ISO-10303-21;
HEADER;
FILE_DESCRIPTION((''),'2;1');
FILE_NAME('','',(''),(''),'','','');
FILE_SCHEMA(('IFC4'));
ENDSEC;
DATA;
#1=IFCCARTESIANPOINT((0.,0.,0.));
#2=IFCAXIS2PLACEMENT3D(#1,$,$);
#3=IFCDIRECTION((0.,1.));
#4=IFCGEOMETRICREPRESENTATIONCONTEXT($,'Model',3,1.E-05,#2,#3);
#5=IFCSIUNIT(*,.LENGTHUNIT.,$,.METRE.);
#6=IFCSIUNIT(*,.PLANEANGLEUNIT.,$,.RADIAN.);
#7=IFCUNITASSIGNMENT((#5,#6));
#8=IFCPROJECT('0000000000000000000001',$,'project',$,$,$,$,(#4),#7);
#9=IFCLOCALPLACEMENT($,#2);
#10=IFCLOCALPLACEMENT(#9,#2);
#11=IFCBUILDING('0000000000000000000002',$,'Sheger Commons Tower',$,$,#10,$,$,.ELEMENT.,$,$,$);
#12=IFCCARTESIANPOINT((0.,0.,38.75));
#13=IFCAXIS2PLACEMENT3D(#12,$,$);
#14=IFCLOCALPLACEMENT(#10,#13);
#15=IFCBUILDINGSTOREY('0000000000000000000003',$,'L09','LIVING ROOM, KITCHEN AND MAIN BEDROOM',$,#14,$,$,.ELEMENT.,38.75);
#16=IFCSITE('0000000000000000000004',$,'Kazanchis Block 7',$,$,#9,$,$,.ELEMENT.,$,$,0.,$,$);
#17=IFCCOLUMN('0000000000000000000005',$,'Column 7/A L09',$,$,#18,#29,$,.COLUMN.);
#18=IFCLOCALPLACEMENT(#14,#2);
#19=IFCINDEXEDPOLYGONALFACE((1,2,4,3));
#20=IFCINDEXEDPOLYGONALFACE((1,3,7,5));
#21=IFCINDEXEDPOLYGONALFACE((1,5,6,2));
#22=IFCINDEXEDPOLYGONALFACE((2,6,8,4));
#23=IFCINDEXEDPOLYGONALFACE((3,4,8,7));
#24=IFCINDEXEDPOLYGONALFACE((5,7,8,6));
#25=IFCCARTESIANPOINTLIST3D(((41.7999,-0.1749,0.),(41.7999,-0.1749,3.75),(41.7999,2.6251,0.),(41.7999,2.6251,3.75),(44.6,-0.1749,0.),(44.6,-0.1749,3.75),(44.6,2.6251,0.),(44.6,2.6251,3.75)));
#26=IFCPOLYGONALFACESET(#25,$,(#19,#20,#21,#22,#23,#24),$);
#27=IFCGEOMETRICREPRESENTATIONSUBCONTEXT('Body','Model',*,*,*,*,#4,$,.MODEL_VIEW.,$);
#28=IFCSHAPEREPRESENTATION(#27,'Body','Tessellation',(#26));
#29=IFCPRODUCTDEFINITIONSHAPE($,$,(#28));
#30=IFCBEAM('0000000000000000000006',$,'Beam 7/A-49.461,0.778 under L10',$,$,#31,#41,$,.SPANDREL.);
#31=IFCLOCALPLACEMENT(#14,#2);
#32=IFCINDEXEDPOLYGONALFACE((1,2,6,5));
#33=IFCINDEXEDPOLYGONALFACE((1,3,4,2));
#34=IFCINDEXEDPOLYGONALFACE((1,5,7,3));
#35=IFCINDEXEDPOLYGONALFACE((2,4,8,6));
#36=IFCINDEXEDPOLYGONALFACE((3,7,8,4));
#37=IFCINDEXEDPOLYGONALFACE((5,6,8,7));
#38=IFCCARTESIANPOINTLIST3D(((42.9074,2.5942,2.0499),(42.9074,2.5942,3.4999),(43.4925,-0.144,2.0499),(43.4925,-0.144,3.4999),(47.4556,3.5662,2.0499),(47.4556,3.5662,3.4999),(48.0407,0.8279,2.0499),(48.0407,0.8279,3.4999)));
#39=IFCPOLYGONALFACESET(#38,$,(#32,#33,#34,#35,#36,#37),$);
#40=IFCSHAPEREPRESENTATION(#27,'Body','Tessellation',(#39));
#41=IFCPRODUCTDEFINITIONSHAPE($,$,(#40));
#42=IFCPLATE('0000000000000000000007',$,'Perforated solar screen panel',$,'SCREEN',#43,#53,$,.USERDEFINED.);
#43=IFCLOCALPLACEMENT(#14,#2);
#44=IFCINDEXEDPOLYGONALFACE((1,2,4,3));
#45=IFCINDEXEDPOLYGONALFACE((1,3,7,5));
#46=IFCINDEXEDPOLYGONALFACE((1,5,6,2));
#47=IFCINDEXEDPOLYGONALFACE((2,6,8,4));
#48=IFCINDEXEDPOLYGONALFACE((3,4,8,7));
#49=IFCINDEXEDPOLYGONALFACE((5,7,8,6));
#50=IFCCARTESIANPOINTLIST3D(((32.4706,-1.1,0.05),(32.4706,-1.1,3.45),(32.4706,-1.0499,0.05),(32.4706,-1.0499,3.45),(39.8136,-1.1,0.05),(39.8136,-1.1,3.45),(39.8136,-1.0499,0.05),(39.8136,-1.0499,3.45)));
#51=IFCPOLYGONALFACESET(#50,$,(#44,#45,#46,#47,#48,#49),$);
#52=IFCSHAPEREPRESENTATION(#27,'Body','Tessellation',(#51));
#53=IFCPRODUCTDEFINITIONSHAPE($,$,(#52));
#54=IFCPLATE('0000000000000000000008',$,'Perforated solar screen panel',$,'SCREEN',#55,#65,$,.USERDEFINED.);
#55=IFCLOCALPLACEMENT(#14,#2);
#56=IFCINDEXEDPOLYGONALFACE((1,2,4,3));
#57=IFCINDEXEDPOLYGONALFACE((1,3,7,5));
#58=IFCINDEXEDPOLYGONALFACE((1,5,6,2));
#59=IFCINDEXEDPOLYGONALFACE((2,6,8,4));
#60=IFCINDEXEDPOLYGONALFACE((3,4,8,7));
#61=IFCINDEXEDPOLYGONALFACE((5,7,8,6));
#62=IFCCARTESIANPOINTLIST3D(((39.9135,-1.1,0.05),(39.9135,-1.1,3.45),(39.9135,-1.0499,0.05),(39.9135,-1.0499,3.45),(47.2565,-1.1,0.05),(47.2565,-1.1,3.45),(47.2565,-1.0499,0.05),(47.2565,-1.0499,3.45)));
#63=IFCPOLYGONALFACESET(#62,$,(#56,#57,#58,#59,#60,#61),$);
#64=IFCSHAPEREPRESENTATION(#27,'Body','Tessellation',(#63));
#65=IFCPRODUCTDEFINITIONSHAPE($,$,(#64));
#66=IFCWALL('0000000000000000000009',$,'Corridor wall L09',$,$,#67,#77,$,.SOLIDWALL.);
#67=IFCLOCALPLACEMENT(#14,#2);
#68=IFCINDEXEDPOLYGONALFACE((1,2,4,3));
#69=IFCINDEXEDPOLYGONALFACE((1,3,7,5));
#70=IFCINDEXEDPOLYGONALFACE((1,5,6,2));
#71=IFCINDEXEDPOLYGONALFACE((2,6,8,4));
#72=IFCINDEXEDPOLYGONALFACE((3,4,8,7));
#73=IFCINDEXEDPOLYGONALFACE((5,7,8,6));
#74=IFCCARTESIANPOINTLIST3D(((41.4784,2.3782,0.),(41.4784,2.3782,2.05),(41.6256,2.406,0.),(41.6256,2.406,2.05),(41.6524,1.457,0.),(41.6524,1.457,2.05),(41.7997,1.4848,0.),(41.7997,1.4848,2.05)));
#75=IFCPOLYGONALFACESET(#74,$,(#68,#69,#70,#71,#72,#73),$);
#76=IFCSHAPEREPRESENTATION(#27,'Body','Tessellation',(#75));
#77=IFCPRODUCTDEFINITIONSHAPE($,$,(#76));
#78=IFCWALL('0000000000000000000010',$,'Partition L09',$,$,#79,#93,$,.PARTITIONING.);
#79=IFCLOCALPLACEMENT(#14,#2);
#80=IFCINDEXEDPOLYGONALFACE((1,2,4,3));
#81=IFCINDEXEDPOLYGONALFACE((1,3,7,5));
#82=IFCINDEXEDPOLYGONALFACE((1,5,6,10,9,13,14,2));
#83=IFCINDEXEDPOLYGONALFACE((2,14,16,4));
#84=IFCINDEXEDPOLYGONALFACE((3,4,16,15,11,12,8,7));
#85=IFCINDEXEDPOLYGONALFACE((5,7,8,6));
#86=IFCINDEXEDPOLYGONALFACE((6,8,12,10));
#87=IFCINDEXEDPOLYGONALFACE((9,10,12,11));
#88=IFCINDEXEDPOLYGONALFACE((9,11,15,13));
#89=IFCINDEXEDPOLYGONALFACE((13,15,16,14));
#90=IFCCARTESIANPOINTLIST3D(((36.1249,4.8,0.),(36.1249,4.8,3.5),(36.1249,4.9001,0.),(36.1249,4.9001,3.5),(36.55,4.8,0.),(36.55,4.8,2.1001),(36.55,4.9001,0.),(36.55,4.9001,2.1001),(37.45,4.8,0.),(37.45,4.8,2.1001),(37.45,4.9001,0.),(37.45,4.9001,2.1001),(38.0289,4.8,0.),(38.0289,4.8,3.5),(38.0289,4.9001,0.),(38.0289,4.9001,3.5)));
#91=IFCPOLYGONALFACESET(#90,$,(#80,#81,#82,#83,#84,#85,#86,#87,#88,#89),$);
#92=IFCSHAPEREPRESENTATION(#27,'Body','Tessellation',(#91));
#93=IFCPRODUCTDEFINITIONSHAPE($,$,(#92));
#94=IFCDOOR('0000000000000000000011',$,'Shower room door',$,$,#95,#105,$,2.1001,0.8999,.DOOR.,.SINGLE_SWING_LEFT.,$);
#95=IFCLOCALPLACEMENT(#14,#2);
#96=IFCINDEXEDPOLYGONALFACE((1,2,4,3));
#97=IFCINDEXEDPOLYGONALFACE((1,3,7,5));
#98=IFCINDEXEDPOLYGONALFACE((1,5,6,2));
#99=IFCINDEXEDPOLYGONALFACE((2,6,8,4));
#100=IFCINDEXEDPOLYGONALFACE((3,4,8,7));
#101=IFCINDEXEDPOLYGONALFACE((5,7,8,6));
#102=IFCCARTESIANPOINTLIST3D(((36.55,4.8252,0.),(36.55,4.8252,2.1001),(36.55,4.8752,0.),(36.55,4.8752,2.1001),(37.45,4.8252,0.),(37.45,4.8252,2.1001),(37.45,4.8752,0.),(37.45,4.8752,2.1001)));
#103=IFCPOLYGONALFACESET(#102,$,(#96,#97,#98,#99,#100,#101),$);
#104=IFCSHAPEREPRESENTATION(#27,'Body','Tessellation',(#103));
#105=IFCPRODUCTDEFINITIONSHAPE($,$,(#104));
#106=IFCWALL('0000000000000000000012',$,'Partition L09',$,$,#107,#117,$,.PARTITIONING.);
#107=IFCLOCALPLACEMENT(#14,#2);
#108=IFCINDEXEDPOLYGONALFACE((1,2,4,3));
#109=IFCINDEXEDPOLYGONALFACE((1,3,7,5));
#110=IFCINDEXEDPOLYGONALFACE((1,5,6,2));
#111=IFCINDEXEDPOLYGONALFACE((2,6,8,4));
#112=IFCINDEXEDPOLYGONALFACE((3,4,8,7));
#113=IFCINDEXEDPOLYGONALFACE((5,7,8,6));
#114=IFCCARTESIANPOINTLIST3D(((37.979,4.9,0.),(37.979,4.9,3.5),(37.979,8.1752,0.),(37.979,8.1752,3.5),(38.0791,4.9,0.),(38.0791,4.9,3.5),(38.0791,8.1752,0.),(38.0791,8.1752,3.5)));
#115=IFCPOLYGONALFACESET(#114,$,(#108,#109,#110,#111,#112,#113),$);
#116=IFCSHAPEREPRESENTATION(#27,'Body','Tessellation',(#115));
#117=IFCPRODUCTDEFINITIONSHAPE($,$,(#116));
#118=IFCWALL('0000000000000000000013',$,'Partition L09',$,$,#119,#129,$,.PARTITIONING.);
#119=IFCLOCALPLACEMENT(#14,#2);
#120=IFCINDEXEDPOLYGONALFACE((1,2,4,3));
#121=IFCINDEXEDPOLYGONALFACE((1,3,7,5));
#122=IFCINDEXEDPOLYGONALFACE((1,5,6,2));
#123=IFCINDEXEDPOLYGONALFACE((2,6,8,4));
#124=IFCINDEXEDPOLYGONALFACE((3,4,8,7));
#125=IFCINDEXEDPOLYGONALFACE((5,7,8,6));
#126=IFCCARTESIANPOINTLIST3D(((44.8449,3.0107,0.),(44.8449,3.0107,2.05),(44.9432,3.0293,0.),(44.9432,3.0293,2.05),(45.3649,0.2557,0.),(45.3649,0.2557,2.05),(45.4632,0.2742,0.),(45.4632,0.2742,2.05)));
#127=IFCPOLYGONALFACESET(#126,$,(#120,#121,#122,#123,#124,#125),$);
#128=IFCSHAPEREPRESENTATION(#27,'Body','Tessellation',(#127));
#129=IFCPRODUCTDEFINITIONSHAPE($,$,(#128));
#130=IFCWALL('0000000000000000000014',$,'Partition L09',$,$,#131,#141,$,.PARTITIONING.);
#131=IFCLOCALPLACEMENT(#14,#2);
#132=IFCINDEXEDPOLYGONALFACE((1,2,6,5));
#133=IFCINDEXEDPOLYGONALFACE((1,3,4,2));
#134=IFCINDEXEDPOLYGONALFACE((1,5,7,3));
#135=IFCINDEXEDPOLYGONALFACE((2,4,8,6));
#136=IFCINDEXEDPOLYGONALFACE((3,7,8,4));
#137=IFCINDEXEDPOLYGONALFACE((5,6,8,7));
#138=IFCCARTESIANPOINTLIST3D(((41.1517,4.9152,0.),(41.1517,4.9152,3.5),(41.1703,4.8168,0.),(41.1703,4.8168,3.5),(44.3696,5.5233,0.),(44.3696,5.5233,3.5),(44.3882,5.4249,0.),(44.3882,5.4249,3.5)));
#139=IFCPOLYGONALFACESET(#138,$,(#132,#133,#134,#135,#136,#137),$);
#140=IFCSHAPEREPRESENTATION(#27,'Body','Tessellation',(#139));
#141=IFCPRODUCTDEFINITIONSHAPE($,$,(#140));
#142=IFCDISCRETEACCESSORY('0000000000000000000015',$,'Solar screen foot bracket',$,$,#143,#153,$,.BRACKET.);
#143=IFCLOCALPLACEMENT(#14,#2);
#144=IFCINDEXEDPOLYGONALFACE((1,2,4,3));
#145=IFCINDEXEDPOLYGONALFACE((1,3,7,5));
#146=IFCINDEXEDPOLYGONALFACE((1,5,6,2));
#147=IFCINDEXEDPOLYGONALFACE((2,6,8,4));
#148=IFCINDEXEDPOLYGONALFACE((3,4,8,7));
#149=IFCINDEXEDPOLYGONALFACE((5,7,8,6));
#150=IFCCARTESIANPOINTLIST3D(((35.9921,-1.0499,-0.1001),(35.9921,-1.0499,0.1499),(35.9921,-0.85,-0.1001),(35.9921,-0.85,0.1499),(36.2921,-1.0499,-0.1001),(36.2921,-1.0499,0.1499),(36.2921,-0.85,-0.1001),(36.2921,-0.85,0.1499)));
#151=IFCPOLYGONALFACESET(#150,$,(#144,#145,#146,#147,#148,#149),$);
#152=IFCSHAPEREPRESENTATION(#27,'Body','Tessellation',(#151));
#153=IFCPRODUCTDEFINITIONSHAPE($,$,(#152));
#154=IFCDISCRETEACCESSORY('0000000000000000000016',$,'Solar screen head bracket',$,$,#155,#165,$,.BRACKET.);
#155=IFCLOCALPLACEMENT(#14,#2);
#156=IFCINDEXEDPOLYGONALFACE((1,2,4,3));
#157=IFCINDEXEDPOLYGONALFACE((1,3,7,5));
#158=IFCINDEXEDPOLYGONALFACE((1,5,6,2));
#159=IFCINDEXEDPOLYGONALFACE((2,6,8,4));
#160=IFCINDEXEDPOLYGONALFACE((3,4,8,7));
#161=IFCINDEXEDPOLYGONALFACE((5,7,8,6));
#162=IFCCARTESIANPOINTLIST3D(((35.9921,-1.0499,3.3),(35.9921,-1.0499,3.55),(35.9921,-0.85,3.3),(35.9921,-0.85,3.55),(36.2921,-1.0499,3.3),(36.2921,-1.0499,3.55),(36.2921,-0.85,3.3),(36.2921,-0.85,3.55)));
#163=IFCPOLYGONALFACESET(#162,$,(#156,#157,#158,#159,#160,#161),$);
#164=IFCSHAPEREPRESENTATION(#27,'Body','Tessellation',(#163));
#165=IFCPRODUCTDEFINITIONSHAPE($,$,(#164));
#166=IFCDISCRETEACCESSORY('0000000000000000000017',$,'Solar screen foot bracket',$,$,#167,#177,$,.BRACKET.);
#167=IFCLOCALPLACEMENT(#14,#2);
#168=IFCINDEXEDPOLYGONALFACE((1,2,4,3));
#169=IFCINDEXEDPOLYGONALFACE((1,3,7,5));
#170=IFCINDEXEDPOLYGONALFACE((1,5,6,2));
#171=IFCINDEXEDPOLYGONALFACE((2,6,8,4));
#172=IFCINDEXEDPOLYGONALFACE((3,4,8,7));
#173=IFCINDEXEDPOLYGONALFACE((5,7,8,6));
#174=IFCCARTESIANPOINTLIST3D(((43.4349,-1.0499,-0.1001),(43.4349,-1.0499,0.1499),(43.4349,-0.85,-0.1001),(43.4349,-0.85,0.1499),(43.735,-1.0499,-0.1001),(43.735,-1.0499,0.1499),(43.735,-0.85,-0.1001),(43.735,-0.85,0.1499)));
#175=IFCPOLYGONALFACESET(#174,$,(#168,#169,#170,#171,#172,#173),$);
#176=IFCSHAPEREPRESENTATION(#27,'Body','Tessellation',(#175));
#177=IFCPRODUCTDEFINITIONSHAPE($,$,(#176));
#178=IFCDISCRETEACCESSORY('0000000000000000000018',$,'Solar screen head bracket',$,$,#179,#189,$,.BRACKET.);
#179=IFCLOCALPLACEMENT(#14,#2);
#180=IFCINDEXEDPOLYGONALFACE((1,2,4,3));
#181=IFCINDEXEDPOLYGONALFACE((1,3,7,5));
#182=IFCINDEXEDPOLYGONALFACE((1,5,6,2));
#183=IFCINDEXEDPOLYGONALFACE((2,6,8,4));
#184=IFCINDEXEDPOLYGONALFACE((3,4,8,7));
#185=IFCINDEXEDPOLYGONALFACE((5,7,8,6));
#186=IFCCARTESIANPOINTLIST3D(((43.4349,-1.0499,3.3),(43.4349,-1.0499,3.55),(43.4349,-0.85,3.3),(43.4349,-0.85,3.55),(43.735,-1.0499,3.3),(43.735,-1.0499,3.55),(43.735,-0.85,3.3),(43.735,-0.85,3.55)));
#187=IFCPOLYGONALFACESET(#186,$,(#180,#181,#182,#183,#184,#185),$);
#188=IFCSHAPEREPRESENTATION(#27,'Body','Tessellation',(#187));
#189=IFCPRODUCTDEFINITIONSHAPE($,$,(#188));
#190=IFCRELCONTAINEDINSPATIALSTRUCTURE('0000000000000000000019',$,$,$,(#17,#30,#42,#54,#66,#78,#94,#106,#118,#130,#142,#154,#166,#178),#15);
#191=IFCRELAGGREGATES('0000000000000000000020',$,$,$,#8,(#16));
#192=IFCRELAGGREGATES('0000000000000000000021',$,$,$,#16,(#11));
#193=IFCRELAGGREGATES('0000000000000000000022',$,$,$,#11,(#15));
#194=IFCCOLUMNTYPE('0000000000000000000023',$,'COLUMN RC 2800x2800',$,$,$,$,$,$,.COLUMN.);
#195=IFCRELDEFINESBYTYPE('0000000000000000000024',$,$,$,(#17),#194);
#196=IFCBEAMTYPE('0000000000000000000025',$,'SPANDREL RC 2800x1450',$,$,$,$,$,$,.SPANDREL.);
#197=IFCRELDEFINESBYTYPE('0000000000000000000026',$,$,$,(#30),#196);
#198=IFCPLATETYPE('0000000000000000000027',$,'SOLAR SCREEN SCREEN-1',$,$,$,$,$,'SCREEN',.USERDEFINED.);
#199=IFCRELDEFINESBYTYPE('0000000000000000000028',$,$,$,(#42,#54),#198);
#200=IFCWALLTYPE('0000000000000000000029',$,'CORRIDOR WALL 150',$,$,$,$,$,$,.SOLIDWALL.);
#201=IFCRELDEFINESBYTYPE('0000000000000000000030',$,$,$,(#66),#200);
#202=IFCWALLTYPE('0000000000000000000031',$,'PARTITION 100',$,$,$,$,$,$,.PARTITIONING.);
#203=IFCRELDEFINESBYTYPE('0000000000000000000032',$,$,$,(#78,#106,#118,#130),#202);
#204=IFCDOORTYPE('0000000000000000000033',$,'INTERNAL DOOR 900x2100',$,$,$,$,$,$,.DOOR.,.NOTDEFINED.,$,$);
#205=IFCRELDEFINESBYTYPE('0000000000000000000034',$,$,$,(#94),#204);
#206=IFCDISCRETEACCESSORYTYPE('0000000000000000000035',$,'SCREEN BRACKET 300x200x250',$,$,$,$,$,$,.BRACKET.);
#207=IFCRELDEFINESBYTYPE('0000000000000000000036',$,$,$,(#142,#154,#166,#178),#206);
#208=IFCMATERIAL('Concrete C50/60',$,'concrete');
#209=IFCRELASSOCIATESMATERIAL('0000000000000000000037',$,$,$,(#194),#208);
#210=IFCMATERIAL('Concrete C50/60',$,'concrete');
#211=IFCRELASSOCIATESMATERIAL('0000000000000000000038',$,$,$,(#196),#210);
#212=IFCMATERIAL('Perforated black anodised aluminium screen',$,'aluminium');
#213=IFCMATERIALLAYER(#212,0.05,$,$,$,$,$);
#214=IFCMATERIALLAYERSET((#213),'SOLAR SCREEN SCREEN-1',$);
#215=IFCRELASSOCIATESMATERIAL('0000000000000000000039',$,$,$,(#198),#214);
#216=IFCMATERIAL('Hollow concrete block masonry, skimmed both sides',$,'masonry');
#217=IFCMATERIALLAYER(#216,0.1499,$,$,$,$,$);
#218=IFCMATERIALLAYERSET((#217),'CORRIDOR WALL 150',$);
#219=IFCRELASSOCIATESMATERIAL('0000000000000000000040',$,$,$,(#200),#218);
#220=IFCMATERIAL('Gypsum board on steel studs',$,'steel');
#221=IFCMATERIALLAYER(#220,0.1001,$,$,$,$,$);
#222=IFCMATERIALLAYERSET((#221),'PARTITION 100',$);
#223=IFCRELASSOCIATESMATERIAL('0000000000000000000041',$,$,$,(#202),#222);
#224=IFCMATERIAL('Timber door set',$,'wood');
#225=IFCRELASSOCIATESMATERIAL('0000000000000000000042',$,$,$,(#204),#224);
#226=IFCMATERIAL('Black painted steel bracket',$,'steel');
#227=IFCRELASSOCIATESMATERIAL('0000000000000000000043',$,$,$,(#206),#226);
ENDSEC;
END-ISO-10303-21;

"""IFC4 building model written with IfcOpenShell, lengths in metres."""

from ifc_helpers import new_model, si_unit, direction, frame, frame_2d, origin, origin_2d, place, context, subcontext, project, spatial, rectangle, extrude, material, layer, layer_set, material_profile, profile_set, type_object, element, fill, save


model = new_model("IFC4")

# Units and contexts
model_context = context("Model", 3, precision=1e-05, world=origin(), true_north=direction((0.0, 1.0)))
body_context = subcontext(model_context, "Body", "Model", "MODEL_VIEW")
ifc_project = project(units=[si_unit("LENGTHUNIT", "METRE"), si_unit("PLANEANGLEUNIT", "RADIAN")], contexts=[model_context])

# Site, building, storey
site_placement = place(None, origin())
site = spatial("IfcSite", under=ifc_project, at=site_placement, Name="Kazanchis Block 7", CompositionType="ELEMENT", RefElevation=0.0)
building_placement = place(site_placement, origin())
building = spatial("IfcBuilding", under=site, at=building_placement, Name="Sheger Commons Tower", CompositionType="ELEMENT")
storey_placement = place(building_placement, frame((0.0, 0.0, 38.75)))
storey = spatial("IfcBuildingStorey", under=building, at=storey_placement, Name="L09", Description="LIVING ROOM, KITCHEN AND MAIN BEDROOM", CompositionType="ELEMENT", Elevation=38.75)

# Column
ifc_material_1 = material(Name="Concrete C50/60", Category="concrete")
ifc_material_profile_1 = material_profile(ifc_material_1, rectangle(XDim=2.8, YDim=2.8, at=origin_2d()), Name="RC 2800x2800")
ifc_profile_set_1 = profile_set([ifc_material_profile_1], Name="Concrete C50/60")
column_type = type_object("IfcColumnType", Name="COLUMN RC 2800x2800", PredefinedType="COLUMN", material=ifc_profile_set_1)
column_placement = place(storey_placement, frame((43.2, 1.2251, 0.0), z_axis=(0.0, 0.0, 1.0), x_axis=(1.0, 0.0, 0.0)))
element("IfcColumn", 1, at=column_placement, inside=storey, type_object=column_type, Name="Column 7/A L09", PredefinedType="COLUMN", context=body_context, shape_type="SweptSolid", body=[
    extrude(rectangle(XDim=2.8, YDim=2.8, at=origin_2d()), origin(), (0.0, 0.0, 1.0), 3.75),
])

# Beam
ifc_material_2 = material(Name="Concrete C50/60", Category="concrete")
ifc_material_profile_2 = material_profile(ifc_material_2, rectangle(XDim=2.8, YDim=1.45, at=origin_2d()), Name="RC 2800x1450")
ifc_profile_set_2 = profile_set([ifc_material_profile_2], Name="Concrete C50/60")
beam_type = type_object("IfcBeamType", Name="SPANDREL RC 2800x1450", PredefinedType="SPANDREL", material=ifc_profile_set_2)
beam_placement = place(storey_placement, frame((43.2, 1.2251, 2.7749), z_axis=(0.97792, 0.208981, 0.0), x_axis=(-0.208981, 0.97792, 0.0)))
element("IfcBeam", 2, at=beam_placement, inside=storey, type_object=beam_type, Name="Beam 7/A-49.461,0.778 under L10", PredefinedType="SPANDREL", context=body_context, shape_type="SweptSolid", body=[
    extrude(rectangle(XDim=2.8, YDim=1.45, at=origin_2d()), origin(), (0.0, 0.0, 1.0), 4.6509),
])

# Plates
ifc_material_3 = material(Name="Perforated black anodised aluminium screen", Category="aluminium")
ifc_layer_1 = layer(ifc_material_3, 0.05)
ifc_layer_set_1 = layer_set([ifc_layer_1], Name="SOLAR SCREEN SCREEN-1")
plate_type = type_object("IfcPlateType", Name="SOLAR SCREEN SCREEN-1", ElementType="SCREEN", PredefinedType="USERDEFINED", material=ifc_layer_set_1)
for number, where, z_axis, x_axis, name in (
    (3, (36.1421, -1.075, 0.05), (0.0, 0.0, 1.0), (1.0, 0.0, 0.0), "Perforated solar screen panel"),
    (4, (43.585, -1.075, 0.05), (0.0, 0.0, 1.0), (1.0, 0.0, 0.0), "Perforated solar screen panel"),
):
    element("IfcPlate", number, at=place(storey_placement, frame(where, z_axis=z_axis, x_axis=x_axis)), inside=storey, type_object=plate_type, Name=name, ObjectType="SCREEN", PredefinedType="USERDEFINED", context=body_context, shape_type="SweptSolid", body=[
        extrude(rectangle(XDim=7.343, YDim=0.05, at=origin_2d()), origin(), (0.0, 0.0, 1.0), 3.3999),
    ])

# Wall
ifc_material_4 = material(Name="Hollow concrete block masonry, skimmed both sides", Category="masonry")
ifc_layer_2 = layer(ifc_material_4, 0.1499)
ifc_layer_set_2 = layer_set([ifc_layer_2], Name="CORRIDOR WALL 150")
wall_type_1 = type_object("IfcWallType", Name="CORRIDOR WALL 150", PredefinedType="SOLIDWALL", material=ifc_layer_set_2)
wall_1_placement = place(storey_placement, frame((41.552, 2.3921, 0.0), z_axis=(0.0, 0.0, 1.0), x_axis=(0.185688, -0.982609, 0.0)))
element("IfcWall", 5, at=wall_1_placement, inside=storey, type_object=wall_type_1, Name="Corridor wall L09", PredefinedType="SOLIDWALL", context=body_context, shape_type="SweptSolid", body=[
    extrude(rectangle(XDim=0.9375, YDim=0.1499, at=frame_2d((0.4688, 0.0))), origin(), (0.0, 0.0, 1.0), 2.05),
])

# Wall, opening, door
ifc_material_5 = material(Name="Gypsum board on steel studs", Category="steel")
ifc_layer_3 = layer(ifc_material_5, 0.1001)
ifc_layer_set_3 = layer_set([ifc_layer_3], Name="PARTITION 100")
wall_type_2 = type_object("IfcWallType", Name="PARTITION 100", PredefinedType="PARTITIONING", material=ifc_layer_set_3)
wall_2_placement = place(storey_placement, frame((38.0291, 4.8501, 0.0), z_axis=(0.0, 0.0, 1.0), x_axis=(-1.0, 0.0, 0.0)))
wall_2 = element("IfcWall", 6, at=wall_2_placement, inside=storey, type_object=wall_type_2, Name="Partition L09", PredefinedType="PARTITIONING", context=body_context, shape_type="SweptSolid", body=[
    extrude(rectangle(XDim=1.9041, YDim=0.1001, at=frame_2d((0.9521, 0.0))), origin(), (0.0, 0.0, 1.0), 3.5),
])
opening_placement = place(wall_2_placement, frame((0.5791, 0.0, 0.0)))
opening = element("IfcOpeningElement", 7, at=opening_placement, cuts=wall_2, PredefinedType="OPENING", context=body_context, shape_type="SweptSolid", body=[
    extrude(rectangle(XDim=0.8999, YDim=2.1001, at=frame_2d((0.45, 1.05))), frame((0.0, 0.0601, 0.0), z_axis=(0.0, -1.0, 0.0), x_axis=(1.0, 0.0, 0.0)), (0.0, 0.0, 1.0), 0.1201),
])
ifc_material_6 = material(Name="Timber door set", Category="wood")
door_type = type_object("IfcDoorType", Name="INTERNAL DOOR 900x2100", OperationType="NOTDEFINED", PredefinedType="DOOR", material=ifc_material_6)
door_placement = place(opening_placement, origin())
door = element("IfcDoor", 8, at=door_placement, inside=storey, type_object=door_type, Name="Shower room door", OperationType="SINGLE_SWING_LEFT", OverallHeight=2.1001, OverallWidth=0.8999, PredefinedType="DOOR", context=body_context, shape_type="SweptSolid", body=[
    extrude(rectangle(XDim=0.8999, YDim=2.1001, at=frame_2d((0.45, 1.05))), frame((0.0, 0.0249, 0.0), z_axis=(0.0, -1.0, 0.0), x_axis=(1.0, 0.0, 0.0)), (0.0, 0.0, 1.0), 0.05),
])
fill(opening, door)

# Walls
wall_3_placement = place(storey_placement, frame((38.0291, 4.8999, 0.0), z_axis=(0.0, 0.0, 1.0), x_axis=(0.0, 1.0, 0.0)))
element("IfcWall", 9, at=wall_3_placement, inside=storey, type_object=wall_type_2, Name="Partition L09", PredefinedType="PARTITIONING", context=body_context, shape_type="SweptSolid", body=[
    extrude(rectangle(XDim=3.2751, YDim=0.1001, at=frame_2d((1.6377, 0.0))), origin(), (0.0, 0.0, 1.0), 3.5),
])
wall_4_placement = place(storey_placement, frame((44.894, 3.02, 0.0), z_axis=(0.0, 0.0, 1.0), x_axis=(0.185471, -0.98265, 0.0)))
element("IfcWall", 10, at=wall_4_placement, inside=storey, type_object=wall_type_2, Name="Partition L09", PredefinedType="PARTITIONING", context=body_context, shape_type="SweptSolid", body=[
    extrude(rectangle(XDim=2.8037, YDim=0.1001, at=frame_2d((1.4019, 0.0))), origin(), (0.0, 0.0, 1.0), 2.05),
])
wall_5_placement = place(storey_placement, frame((44.3789, 5.4741, 0.0), z_axis=(0.0, 0.0, 1.0), x_axis=(-0.982607, -0.185697, 0.0)))
element("IfcWall", 11, at=wall_5_placement, inside=storey, type_object=wall_type_2, Name="Partition L09", PredefinedType="PARTITIONING", context=body_context, shape_type="SweptSolid", body=[
    extrude(rectangle(XDim=3.2749, YDim=0.1001, at=frame_2d((1.6375, 0.0))), origin(), (0.0, 0.0, 1.0), 3.5),
])

# Discrete accessories
ifc_material_7 = material(Name="Black painted steel bracket", Category="steel")
discrete_accessory_type = type_object("IfcDiscreteAccessoryType", Name="SCREEN BRACKET 300x200x250", PredefinedType="BRACKET", material=ifc_material_7)
for number, where, z_axis, x_axis, name in (
    (12, (36.1421, -0.95, -0.1001), (0.0, 0.0, 1.0), (1.0, 0.0, 0.0), "Solar screen foot bracket"),
    (13, (36.1421, -0.95, 3.3), (0.0, 0.0, 1.0), (1.0, 0.0, 0.0), "Solar screen head bracket"),
    (14, (43.585, -0.95, -0.1001), (0.0, 0.0, 1.0), (1.0, 0.0, 0.0), "Solar screen foot bracket"),
    (15, (43.585, -0.95, 3.3), (0.0, 0.0, 1.0), (1.0, 0.0, 0.0), "Solar screen head bracket"),
):
    element("IfcDiscreteAccessory", number, at=place(storey_placement, frame(where, z_axis=z_axis, x_axis=x_axis)), inside=storey, type_object=discrete_accessory_type, Name=name, PredefinedType="BRACKET", context=body_context, shape_type="SweptSolid", body=[
        extrude(rectangle(XDim=0.3, YDim=0.2, at=origin_2d()), origin(), (0.0, 0.0, 1.0), 0.25),
    ])

save(model, "model.ifc")
